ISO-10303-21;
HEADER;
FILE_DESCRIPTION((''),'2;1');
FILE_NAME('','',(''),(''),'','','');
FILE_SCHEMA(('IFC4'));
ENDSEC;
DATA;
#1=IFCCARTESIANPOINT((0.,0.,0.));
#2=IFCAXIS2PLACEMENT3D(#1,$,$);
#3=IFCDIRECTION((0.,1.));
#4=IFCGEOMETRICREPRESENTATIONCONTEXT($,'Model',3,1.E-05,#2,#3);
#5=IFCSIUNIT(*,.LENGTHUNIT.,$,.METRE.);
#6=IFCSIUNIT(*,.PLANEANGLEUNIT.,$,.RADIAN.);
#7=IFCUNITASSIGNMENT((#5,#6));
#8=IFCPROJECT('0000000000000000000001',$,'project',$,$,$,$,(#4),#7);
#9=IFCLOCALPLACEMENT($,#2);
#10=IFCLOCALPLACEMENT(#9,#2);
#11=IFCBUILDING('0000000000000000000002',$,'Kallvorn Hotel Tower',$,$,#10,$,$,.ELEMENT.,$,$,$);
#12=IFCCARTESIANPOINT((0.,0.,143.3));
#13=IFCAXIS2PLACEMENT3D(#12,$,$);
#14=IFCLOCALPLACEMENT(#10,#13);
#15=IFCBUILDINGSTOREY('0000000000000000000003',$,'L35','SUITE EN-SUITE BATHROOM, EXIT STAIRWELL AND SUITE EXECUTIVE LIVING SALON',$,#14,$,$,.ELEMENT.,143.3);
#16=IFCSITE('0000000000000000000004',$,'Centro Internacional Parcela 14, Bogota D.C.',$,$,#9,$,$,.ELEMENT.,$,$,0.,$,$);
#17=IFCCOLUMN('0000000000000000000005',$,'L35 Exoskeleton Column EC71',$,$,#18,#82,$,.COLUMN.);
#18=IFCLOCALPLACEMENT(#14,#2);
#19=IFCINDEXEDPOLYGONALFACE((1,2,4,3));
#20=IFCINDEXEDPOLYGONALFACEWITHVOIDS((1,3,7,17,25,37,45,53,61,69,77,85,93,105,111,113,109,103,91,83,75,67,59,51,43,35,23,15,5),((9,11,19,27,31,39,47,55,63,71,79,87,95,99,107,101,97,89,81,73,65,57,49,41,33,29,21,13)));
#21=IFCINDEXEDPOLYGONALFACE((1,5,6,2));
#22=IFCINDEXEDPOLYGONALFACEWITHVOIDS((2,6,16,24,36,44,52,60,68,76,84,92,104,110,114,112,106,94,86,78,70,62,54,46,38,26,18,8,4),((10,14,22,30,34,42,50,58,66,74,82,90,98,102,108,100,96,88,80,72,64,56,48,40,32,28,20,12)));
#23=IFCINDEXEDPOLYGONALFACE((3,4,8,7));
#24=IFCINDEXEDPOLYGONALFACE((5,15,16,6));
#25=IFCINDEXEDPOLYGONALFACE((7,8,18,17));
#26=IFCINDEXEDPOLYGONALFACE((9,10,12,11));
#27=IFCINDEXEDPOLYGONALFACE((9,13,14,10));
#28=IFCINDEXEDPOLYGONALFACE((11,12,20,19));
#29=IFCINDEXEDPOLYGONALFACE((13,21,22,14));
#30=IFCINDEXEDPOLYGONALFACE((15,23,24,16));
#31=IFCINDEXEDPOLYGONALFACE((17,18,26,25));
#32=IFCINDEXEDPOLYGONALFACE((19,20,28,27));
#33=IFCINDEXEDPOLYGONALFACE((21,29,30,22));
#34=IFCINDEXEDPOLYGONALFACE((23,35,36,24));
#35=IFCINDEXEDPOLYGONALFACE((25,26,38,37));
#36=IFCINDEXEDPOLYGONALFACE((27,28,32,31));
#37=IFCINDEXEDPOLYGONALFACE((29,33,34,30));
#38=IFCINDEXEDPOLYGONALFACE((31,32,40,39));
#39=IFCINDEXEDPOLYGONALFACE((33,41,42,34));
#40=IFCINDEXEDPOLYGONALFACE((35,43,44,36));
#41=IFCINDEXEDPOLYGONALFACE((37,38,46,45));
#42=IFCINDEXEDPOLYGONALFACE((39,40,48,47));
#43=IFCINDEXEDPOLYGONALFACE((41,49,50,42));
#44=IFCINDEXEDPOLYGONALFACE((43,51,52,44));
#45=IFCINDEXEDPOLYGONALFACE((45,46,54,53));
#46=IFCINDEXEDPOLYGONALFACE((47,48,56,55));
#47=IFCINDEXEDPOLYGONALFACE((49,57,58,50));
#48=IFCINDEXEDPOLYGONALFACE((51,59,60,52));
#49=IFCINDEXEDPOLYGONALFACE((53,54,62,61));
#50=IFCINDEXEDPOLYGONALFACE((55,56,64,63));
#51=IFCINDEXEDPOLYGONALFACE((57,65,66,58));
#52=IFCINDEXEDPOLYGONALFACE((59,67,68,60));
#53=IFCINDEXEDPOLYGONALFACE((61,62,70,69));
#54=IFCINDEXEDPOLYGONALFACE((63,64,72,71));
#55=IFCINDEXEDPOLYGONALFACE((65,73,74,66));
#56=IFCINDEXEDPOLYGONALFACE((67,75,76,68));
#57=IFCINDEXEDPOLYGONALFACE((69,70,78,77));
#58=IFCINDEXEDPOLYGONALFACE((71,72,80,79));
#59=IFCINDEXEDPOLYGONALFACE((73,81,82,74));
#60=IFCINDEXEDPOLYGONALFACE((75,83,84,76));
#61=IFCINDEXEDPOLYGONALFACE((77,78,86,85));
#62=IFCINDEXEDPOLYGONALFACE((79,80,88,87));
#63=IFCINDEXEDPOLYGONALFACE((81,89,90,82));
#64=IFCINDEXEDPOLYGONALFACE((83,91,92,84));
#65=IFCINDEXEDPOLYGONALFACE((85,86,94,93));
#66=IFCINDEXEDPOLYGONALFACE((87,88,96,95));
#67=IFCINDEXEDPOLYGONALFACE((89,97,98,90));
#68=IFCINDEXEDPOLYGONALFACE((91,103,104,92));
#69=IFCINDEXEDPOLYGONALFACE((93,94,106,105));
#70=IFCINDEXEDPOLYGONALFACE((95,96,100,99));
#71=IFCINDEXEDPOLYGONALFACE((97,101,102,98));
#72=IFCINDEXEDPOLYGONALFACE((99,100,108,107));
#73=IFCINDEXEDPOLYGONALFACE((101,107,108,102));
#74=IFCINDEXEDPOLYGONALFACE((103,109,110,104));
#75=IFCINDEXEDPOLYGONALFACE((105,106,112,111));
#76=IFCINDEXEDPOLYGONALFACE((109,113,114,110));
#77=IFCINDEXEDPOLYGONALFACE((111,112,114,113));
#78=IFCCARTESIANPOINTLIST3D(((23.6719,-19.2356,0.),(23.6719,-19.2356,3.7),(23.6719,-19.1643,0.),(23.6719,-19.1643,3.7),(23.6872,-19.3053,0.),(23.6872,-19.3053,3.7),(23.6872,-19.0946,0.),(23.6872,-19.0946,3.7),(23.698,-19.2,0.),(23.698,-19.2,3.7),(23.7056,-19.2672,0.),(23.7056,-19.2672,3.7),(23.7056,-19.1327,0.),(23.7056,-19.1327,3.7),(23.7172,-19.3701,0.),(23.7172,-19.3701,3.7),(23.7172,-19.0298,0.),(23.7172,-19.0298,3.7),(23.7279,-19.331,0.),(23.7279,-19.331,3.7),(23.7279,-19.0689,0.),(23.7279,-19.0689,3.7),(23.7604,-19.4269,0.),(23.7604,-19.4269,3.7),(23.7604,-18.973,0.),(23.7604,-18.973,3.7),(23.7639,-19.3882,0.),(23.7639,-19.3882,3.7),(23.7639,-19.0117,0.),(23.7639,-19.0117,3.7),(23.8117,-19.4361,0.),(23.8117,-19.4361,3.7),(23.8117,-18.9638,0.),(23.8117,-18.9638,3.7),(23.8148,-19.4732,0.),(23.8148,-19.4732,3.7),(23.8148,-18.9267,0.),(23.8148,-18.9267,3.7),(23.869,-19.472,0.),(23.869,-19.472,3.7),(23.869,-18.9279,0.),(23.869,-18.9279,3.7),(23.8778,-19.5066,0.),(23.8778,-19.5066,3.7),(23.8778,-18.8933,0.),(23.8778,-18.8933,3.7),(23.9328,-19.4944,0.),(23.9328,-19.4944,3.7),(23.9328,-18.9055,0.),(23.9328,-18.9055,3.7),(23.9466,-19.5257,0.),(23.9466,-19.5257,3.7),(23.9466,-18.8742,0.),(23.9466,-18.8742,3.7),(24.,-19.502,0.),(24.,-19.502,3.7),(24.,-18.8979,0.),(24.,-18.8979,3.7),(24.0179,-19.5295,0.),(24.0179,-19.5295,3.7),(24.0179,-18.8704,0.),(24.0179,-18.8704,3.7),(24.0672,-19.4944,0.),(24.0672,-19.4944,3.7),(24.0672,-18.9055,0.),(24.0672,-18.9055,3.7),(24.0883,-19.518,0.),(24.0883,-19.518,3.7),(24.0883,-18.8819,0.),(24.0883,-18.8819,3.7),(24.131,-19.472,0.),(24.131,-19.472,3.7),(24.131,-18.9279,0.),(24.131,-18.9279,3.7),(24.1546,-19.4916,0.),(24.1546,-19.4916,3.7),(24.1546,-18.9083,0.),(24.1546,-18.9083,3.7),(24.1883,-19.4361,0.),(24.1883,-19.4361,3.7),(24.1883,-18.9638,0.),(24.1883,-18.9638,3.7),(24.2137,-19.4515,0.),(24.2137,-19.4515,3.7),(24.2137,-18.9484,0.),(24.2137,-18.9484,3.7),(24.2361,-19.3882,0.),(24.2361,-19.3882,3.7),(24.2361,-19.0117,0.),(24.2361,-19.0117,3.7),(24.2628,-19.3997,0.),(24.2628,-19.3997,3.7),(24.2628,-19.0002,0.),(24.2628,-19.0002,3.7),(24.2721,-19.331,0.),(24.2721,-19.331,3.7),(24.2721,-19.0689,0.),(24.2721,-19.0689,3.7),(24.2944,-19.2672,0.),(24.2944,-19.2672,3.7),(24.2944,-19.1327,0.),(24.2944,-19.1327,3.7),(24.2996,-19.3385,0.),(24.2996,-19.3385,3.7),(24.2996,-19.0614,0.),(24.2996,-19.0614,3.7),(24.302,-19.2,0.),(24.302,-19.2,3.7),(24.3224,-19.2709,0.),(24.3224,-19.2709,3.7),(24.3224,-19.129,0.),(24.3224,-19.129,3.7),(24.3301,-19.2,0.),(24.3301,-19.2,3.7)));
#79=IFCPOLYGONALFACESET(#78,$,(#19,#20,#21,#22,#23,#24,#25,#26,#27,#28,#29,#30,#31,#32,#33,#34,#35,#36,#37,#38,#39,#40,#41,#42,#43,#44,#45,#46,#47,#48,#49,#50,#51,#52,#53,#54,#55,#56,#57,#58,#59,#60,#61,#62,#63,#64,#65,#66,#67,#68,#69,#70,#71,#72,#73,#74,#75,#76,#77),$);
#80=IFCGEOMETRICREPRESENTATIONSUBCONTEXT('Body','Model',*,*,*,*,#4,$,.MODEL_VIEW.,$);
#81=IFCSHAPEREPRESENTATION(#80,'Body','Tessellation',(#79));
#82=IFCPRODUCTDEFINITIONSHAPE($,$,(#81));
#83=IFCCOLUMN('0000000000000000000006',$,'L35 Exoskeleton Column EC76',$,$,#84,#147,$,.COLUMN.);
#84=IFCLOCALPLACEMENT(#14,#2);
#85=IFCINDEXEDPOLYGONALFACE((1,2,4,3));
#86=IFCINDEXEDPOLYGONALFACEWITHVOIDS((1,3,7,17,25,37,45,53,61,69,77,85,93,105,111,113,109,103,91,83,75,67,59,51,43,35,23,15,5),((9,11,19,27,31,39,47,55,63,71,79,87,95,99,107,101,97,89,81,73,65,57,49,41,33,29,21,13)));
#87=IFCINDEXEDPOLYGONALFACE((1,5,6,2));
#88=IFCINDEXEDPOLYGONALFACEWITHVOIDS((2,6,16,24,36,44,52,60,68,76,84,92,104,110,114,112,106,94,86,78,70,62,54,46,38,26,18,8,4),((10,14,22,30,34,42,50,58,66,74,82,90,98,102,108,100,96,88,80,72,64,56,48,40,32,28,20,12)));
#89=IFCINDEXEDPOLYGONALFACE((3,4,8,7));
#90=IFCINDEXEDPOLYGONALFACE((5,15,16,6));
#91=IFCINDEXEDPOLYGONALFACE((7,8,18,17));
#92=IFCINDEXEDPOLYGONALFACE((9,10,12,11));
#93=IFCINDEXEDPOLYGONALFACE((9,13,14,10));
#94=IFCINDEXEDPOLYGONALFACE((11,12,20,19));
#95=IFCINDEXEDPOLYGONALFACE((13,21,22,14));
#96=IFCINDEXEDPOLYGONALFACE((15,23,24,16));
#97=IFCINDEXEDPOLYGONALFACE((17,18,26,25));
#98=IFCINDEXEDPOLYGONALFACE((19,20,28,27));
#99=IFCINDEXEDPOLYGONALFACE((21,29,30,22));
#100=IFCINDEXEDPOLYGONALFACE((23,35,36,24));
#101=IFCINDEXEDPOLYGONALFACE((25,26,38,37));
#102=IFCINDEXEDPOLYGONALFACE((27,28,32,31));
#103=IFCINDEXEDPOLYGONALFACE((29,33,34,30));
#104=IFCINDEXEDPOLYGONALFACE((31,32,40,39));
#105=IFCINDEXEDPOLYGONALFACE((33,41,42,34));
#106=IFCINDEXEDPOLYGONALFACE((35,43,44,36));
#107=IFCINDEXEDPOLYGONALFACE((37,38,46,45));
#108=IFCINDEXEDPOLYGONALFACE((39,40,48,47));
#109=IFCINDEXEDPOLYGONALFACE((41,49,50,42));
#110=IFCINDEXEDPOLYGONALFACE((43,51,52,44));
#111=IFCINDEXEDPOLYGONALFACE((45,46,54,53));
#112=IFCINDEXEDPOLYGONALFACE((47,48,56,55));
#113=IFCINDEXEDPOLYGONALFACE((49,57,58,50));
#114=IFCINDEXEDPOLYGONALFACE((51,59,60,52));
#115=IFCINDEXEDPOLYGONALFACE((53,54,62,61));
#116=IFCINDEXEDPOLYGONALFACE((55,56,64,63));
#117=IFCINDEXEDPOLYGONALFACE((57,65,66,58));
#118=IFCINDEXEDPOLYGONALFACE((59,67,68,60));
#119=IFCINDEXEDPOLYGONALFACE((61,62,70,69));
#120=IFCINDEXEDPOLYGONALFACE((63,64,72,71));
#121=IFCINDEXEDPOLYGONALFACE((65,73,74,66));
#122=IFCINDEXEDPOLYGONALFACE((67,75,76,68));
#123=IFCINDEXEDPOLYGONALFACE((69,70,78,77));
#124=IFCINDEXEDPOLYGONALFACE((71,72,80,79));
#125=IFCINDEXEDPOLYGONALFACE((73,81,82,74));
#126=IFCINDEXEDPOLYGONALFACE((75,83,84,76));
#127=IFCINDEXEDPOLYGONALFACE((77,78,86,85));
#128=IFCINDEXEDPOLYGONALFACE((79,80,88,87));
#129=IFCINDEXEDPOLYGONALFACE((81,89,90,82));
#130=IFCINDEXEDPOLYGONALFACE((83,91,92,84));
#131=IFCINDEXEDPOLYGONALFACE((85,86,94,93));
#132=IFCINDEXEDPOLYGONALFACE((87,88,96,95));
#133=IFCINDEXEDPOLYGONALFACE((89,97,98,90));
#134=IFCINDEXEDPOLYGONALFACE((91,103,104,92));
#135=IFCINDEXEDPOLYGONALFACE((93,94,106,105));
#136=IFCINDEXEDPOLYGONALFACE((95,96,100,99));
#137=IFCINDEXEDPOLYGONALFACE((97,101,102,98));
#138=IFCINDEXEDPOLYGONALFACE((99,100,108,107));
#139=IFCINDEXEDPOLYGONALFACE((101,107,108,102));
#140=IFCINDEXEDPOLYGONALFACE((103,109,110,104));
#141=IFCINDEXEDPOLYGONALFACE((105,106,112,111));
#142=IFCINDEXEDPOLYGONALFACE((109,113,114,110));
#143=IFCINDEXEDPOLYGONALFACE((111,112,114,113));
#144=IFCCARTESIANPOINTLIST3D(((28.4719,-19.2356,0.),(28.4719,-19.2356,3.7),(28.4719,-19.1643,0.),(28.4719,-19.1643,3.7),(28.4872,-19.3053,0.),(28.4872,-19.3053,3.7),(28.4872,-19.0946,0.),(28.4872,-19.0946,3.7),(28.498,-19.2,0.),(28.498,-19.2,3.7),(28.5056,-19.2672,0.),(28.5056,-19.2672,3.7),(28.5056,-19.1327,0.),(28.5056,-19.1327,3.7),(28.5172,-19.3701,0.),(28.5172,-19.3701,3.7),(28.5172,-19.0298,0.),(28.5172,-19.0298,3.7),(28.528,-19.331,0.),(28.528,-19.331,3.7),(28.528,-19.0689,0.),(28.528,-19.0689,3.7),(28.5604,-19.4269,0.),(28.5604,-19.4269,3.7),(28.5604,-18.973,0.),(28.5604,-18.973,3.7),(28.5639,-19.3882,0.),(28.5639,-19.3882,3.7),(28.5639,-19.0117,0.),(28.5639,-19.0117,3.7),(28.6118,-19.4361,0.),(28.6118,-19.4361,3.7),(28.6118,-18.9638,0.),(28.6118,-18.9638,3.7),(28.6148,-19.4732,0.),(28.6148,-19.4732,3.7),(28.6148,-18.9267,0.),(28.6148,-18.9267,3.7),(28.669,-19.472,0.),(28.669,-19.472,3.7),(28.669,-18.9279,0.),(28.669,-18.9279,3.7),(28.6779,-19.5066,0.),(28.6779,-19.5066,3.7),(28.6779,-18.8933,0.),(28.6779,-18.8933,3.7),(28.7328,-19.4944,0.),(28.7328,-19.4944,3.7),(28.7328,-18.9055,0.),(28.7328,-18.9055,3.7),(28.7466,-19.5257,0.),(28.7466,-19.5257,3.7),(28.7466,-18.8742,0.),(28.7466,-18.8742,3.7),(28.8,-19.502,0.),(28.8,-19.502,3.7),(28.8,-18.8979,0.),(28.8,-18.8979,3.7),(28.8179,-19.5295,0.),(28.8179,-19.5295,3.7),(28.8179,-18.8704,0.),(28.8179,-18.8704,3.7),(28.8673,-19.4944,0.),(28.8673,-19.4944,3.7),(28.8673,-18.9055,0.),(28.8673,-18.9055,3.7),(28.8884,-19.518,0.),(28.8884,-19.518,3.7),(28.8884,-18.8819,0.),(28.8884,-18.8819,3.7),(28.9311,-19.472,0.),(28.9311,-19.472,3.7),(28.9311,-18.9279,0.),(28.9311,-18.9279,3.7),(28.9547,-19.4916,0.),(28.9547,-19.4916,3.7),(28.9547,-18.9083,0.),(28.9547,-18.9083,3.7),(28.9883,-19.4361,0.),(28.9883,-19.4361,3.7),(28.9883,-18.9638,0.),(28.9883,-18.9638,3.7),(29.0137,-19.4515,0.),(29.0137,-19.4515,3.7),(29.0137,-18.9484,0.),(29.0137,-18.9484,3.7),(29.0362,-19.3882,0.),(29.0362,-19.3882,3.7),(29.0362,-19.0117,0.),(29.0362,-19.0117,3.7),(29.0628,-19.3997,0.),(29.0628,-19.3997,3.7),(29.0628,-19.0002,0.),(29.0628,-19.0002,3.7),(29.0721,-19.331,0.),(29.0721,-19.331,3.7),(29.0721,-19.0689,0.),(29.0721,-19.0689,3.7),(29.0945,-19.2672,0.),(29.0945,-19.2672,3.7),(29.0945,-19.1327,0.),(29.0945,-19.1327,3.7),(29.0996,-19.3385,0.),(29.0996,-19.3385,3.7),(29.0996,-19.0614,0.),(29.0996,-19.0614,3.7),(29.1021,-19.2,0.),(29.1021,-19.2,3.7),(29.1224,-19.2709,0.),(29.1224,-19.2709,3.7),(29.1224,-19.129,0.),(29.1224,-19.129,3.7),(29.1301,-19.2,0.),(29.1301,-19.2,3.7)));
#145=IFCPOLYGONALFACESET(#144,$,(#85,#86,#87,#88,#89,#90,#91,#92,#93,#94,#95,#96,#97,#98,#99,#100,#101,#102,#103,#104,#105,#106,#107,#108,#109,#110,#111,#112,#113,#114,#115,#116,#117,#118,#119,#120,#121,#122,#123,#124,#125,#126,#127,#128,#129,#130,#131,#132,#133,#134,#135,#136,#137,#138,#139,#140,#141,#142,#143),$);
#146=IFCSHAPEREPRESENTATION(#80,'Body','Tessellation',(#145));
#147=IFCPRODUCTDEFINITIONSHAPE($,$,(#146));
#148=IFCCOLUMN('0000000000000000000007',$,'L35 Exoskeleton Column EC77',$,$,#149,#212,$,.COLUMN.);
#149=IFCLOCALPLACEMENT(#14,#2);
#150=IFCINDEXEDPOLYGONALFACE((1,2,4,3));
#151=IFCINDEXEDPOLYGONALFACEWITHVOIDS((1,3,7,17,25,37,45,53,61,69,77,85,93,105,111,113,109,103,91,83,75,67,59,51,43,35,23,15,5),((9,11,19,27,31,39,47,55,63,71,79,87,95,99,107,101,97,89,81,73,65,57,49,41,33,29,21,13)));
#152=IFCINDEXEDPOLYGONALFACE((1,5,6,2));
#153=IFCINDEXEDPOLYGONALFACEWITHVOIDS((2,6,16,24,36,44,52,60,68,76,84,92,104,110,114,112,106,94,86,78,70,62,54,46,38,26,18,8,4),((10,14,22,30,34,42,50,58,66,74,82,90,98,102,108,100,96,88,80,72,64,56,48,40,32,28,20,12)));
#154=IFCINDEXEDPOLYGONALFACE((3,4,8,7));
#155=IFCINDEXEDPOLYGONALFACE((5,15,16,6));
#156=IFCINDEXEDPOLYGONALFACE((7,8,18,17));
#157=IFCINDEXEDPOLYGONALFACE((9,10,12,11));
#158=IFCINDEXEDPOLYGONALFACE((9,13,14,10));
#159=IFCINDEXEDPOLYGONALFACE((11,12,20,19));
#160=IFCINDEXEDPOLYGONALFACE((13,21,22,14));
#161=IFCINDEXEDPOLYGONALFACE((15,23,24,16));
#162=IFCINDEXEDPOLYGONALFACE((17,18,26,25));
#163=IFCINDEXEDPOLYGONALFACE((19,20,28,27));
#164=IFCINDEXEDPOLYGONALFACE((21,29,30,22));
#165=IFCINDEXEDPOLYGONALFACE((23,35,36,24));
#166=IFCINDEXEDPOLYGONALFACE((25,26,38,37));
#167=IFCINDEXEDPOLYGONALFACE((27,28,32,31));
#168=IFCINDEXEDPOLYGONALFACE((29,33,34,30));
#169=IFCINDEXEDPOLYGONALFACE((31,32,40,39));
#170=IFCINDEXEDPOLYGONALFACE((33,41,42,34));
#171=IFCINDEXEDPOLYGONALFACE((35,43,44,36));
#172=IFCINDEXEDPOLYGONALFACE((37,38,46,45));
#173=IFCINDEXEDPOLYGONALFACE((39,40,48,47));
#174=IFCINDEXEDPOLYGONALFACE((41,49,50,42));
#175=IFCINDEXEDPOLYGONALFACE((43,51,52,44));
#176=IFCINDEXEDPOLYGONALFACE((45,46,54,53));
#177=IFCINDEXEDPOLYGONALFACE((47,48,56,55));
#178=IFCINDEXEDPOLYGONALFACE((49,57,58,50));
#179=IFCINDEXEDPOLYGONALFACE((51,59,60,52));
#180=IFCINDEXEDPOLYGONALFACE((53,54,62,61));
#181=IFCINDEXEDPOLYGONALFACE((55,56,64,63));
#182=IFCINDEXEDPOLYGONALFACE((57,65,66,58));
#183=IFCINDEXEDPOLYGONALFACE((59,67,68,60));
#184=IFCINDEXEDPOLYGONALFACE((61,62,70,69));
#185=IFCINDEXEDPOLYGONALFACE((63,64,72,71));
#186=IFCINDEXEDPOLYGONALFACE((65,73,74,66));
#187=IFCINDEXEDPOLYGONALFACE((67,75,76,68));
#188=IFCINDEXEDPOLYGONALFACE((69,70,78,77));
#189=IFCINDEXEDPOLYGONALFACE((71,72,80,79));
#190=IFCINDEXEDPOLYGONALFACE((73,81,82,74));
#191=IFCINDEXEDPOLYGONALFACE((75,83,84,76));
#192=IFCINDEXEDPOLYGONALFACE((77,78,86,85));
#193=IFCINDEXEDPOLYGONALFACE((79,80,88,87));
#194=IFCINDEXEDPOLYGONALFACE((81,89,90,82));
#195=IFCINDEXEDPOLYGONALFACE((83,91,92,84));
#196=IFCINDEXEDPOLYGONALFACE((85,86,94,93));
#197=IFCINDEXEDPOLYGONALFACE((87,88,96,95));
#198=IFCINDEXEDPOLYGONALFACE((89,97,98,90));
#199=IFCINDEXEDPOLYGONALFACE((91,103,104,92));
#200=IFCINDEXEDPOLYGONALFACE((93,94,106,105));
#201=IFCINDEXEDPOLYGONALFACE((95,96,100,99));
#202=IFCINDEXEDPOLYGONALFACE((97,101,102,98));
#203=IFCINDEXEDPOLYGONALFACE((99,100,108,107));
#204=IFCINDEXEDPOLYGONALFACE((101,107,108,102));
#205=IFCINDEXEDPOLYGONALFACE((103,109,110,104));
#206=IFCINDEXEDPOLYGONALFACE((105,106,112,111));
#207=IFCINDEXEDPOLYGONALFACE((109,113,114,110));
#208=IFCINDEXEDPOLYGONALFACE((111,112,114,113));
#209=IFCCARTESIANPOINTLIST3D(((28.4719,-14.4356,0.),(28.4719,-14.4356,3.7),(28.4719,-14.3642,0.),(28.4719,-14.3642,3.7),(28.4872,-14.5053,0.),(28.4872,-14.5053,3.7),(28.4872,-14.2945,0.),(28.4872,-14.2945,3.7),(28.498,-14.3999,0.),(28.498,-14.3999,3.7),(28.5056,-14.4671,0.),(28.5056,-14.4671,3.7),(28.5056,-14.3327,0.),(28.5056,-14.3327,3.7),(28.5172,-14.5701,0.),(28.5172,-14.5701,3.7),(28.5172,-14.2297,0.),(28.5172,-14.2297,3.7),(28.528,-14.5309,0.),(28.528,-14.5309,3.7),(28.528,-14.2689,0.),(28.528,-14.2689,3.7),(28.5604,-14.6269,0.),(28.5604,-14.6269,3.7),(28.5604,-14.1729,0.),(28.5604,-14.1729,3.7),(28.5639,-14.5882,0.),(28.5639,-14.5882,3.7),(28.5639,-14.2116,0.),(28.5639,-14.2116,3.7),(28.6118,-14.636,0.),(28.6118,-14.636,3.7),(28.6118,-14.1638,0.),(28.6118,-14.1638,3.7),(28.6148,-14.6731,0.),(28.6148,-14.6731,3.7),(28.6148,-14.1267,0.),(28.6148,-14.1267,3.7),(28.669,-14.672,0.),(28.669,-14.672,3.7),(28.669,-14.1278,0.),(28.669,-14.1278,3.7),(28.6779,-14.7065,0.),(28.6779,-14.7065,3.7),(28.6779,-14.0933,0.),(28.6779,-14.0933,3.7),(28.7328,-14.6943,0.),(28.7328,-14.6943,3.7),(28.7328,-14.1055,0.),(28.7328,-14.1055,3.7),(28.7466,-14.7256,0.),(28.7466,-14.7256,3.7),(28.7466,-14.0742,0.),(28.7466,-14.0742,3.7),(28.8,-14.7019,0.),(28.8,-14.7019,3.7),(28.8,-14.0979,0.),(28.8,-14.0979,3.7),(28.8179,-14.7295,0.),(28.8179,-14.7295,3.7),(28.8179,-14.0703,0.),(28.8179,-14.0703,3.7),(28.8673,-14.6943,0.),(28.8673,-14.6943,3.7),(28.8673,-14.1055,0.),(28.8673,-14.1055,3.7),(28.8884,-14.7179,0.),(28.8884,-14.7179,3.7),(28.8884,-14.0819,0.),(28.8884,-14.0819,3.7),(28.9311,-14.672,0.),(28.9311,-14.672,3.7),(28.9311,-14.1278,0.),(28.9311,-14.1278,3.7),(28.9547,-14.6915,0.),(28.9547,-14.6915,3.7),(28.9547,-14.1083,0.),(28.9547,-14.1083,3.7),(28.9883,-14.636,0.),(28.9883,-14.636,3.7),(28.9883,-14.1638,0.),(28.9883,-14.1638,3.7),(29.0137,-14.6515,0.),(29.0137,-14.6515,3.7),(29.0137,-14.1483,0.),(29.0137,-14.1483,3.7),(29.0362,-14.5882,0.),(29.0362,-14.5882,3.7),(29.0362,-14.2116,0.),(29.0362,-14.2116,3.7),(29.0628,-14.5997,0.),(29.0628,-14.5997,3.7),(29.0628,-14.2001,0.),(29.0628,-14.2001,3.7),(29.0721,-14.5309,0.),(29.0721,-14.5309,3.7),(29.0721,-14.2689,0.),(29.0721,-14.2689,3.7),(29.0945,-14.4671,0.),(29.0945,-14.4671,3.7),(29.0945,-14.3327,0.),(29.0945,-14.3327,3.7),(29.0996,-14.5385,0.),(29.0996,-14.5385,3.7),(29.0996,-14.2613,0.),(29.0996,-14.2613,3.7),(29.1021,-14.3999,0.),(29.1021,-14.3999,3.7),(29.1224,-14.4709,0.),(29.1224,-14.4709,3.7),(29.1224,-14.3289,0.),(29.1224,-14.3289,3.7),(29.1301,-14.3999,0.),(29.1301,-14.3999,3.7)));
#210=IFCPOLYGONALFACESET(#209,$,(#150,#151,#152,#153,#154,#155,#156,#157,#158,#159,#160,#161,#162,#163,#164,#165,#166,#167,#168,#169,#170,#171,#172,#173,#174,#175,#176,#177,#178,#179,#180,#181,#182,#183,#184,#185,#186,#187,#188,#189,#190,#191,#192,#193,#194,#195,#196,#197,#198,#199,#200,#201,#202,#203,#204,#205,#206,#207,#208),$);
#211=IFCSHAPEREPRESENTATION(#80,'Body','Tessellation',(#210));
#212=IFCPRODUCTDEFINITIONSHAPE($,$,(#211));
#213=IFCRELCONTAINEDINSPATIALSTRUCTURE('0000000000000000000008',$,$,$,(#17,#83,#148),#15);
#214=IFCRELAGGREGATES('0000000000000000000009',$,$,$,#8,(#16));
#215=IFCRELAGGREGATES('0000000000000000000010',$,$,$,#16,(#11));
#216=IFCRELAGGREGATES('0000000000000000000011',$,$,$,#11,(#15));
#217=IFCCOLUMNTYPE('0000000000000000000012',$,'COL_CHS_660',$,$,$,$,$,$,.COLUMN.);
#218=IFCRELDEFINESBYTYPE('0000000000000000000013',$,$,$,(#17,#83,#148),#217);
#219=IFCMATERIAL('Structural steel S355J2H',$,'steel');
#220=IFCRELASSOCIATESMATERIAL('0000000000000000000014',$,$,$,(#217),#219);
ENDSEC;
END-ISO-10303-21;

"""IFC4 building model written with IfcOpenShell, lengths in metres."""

from ifc_helpers import new_model, si_unit, direction, frame, origin, origin_2d, place, context, subcontext, project, spatial, hollow_circle, extrude, material, material_profile, profile_set, type_object, element, save


model = new_model("IFC4")

# Units and contexts
model_context = context("Model", 3, precision=1e-05, world=origin(), true_north=direction((0.0, 1.0)))
body_context = subcontext(model_context, "Body", "Model", "MODEL_VIEW")
ifc_project = project(units=[si_unit("LENGTHUNIT", "METRE"), si_unit("PLANEANGLEUNIT", "RADIAN")], contexts=[model_context])

# Site, building, storey
site_placement = place(None, origin())
site = spatial("IfcSite", under=ifc_project, at=site_placement, Name="Centro Internacional Parcela 14, Bogota D.C.", CompositionType="ELEMENT", RefElevation=0.0)
building_placement = place(site_placement, origin())
building = spatial("IfcBuilding", under=site, at=building_placement, Name="Kallvorn Hotel Tower", CompositionType="ELEMENT")
storey_placement = place(building_placement, frame((0.0, 0.0, 143.3)))
storey = spatial("IfcBuildingStorey", under=building, at=storey_placement, Name="L35", Description="SUITE EN-SUITE BATHROOM, EXIT STAIRWELL AND SUITE EXECUTIVE LIVING SALON", CompositionType="ELEMENT", Elevation=143.3)

# Columns
ifc_material_1 = material(Name="Structural steel S355J2H", Category="steel")
ifc_material_profile_1 = material_profile(ifc_material_1, hollow_circle(Radius=0.3301, WallThickness=0.0281, at=origin_2d()), Name="CHS 660x28")
ifc_profile_set_1 = profile_set([ifc_material_profile_1], Name="Structural steel S355J2H")
column_type_1 = type_object("IfcColumnType", Name="COL_CHS_660", PredefinedType="COLUMN", material=ifc_profile_set_1)
for number, where, z_axis, x_axis, name in (
    (1, (24.0, -19.2, 0.0), (0.0, 0.0, 1.0), (1.0, 0.0, 0.0), "L35 Exoskeleton Column EC71"),
    (2, (28.8, -19.2, 0.0), (0.0, 0.0, 1.0), (1.0, 0.0, 0.0), "L35 Exoskeleton Column EC76"),
    (3, (28.8, -14.3999, 0.0), (0.0, 0.0, 1.0), (1.0, 0.0, 0.0), "L35 Exoskeleton Column EC77"),
):
    element("IfcColumn", number, at=place(storey_placement, frame(where, z_axis=z_axis, x_axis=x_axis)), inside=storey, type_object=column_type_1, Name=name, PredefinedType="COLUMN", context=body_context, shape_type="SweptSolid", body=[
        extrude(hollow_circle(Radius=0.3301, WallThickness=0.0281, at=origin_2d()), origin(), (0.0, 0.0, 1.0), 3.7),
    ])

save(model, "model.ifc")
